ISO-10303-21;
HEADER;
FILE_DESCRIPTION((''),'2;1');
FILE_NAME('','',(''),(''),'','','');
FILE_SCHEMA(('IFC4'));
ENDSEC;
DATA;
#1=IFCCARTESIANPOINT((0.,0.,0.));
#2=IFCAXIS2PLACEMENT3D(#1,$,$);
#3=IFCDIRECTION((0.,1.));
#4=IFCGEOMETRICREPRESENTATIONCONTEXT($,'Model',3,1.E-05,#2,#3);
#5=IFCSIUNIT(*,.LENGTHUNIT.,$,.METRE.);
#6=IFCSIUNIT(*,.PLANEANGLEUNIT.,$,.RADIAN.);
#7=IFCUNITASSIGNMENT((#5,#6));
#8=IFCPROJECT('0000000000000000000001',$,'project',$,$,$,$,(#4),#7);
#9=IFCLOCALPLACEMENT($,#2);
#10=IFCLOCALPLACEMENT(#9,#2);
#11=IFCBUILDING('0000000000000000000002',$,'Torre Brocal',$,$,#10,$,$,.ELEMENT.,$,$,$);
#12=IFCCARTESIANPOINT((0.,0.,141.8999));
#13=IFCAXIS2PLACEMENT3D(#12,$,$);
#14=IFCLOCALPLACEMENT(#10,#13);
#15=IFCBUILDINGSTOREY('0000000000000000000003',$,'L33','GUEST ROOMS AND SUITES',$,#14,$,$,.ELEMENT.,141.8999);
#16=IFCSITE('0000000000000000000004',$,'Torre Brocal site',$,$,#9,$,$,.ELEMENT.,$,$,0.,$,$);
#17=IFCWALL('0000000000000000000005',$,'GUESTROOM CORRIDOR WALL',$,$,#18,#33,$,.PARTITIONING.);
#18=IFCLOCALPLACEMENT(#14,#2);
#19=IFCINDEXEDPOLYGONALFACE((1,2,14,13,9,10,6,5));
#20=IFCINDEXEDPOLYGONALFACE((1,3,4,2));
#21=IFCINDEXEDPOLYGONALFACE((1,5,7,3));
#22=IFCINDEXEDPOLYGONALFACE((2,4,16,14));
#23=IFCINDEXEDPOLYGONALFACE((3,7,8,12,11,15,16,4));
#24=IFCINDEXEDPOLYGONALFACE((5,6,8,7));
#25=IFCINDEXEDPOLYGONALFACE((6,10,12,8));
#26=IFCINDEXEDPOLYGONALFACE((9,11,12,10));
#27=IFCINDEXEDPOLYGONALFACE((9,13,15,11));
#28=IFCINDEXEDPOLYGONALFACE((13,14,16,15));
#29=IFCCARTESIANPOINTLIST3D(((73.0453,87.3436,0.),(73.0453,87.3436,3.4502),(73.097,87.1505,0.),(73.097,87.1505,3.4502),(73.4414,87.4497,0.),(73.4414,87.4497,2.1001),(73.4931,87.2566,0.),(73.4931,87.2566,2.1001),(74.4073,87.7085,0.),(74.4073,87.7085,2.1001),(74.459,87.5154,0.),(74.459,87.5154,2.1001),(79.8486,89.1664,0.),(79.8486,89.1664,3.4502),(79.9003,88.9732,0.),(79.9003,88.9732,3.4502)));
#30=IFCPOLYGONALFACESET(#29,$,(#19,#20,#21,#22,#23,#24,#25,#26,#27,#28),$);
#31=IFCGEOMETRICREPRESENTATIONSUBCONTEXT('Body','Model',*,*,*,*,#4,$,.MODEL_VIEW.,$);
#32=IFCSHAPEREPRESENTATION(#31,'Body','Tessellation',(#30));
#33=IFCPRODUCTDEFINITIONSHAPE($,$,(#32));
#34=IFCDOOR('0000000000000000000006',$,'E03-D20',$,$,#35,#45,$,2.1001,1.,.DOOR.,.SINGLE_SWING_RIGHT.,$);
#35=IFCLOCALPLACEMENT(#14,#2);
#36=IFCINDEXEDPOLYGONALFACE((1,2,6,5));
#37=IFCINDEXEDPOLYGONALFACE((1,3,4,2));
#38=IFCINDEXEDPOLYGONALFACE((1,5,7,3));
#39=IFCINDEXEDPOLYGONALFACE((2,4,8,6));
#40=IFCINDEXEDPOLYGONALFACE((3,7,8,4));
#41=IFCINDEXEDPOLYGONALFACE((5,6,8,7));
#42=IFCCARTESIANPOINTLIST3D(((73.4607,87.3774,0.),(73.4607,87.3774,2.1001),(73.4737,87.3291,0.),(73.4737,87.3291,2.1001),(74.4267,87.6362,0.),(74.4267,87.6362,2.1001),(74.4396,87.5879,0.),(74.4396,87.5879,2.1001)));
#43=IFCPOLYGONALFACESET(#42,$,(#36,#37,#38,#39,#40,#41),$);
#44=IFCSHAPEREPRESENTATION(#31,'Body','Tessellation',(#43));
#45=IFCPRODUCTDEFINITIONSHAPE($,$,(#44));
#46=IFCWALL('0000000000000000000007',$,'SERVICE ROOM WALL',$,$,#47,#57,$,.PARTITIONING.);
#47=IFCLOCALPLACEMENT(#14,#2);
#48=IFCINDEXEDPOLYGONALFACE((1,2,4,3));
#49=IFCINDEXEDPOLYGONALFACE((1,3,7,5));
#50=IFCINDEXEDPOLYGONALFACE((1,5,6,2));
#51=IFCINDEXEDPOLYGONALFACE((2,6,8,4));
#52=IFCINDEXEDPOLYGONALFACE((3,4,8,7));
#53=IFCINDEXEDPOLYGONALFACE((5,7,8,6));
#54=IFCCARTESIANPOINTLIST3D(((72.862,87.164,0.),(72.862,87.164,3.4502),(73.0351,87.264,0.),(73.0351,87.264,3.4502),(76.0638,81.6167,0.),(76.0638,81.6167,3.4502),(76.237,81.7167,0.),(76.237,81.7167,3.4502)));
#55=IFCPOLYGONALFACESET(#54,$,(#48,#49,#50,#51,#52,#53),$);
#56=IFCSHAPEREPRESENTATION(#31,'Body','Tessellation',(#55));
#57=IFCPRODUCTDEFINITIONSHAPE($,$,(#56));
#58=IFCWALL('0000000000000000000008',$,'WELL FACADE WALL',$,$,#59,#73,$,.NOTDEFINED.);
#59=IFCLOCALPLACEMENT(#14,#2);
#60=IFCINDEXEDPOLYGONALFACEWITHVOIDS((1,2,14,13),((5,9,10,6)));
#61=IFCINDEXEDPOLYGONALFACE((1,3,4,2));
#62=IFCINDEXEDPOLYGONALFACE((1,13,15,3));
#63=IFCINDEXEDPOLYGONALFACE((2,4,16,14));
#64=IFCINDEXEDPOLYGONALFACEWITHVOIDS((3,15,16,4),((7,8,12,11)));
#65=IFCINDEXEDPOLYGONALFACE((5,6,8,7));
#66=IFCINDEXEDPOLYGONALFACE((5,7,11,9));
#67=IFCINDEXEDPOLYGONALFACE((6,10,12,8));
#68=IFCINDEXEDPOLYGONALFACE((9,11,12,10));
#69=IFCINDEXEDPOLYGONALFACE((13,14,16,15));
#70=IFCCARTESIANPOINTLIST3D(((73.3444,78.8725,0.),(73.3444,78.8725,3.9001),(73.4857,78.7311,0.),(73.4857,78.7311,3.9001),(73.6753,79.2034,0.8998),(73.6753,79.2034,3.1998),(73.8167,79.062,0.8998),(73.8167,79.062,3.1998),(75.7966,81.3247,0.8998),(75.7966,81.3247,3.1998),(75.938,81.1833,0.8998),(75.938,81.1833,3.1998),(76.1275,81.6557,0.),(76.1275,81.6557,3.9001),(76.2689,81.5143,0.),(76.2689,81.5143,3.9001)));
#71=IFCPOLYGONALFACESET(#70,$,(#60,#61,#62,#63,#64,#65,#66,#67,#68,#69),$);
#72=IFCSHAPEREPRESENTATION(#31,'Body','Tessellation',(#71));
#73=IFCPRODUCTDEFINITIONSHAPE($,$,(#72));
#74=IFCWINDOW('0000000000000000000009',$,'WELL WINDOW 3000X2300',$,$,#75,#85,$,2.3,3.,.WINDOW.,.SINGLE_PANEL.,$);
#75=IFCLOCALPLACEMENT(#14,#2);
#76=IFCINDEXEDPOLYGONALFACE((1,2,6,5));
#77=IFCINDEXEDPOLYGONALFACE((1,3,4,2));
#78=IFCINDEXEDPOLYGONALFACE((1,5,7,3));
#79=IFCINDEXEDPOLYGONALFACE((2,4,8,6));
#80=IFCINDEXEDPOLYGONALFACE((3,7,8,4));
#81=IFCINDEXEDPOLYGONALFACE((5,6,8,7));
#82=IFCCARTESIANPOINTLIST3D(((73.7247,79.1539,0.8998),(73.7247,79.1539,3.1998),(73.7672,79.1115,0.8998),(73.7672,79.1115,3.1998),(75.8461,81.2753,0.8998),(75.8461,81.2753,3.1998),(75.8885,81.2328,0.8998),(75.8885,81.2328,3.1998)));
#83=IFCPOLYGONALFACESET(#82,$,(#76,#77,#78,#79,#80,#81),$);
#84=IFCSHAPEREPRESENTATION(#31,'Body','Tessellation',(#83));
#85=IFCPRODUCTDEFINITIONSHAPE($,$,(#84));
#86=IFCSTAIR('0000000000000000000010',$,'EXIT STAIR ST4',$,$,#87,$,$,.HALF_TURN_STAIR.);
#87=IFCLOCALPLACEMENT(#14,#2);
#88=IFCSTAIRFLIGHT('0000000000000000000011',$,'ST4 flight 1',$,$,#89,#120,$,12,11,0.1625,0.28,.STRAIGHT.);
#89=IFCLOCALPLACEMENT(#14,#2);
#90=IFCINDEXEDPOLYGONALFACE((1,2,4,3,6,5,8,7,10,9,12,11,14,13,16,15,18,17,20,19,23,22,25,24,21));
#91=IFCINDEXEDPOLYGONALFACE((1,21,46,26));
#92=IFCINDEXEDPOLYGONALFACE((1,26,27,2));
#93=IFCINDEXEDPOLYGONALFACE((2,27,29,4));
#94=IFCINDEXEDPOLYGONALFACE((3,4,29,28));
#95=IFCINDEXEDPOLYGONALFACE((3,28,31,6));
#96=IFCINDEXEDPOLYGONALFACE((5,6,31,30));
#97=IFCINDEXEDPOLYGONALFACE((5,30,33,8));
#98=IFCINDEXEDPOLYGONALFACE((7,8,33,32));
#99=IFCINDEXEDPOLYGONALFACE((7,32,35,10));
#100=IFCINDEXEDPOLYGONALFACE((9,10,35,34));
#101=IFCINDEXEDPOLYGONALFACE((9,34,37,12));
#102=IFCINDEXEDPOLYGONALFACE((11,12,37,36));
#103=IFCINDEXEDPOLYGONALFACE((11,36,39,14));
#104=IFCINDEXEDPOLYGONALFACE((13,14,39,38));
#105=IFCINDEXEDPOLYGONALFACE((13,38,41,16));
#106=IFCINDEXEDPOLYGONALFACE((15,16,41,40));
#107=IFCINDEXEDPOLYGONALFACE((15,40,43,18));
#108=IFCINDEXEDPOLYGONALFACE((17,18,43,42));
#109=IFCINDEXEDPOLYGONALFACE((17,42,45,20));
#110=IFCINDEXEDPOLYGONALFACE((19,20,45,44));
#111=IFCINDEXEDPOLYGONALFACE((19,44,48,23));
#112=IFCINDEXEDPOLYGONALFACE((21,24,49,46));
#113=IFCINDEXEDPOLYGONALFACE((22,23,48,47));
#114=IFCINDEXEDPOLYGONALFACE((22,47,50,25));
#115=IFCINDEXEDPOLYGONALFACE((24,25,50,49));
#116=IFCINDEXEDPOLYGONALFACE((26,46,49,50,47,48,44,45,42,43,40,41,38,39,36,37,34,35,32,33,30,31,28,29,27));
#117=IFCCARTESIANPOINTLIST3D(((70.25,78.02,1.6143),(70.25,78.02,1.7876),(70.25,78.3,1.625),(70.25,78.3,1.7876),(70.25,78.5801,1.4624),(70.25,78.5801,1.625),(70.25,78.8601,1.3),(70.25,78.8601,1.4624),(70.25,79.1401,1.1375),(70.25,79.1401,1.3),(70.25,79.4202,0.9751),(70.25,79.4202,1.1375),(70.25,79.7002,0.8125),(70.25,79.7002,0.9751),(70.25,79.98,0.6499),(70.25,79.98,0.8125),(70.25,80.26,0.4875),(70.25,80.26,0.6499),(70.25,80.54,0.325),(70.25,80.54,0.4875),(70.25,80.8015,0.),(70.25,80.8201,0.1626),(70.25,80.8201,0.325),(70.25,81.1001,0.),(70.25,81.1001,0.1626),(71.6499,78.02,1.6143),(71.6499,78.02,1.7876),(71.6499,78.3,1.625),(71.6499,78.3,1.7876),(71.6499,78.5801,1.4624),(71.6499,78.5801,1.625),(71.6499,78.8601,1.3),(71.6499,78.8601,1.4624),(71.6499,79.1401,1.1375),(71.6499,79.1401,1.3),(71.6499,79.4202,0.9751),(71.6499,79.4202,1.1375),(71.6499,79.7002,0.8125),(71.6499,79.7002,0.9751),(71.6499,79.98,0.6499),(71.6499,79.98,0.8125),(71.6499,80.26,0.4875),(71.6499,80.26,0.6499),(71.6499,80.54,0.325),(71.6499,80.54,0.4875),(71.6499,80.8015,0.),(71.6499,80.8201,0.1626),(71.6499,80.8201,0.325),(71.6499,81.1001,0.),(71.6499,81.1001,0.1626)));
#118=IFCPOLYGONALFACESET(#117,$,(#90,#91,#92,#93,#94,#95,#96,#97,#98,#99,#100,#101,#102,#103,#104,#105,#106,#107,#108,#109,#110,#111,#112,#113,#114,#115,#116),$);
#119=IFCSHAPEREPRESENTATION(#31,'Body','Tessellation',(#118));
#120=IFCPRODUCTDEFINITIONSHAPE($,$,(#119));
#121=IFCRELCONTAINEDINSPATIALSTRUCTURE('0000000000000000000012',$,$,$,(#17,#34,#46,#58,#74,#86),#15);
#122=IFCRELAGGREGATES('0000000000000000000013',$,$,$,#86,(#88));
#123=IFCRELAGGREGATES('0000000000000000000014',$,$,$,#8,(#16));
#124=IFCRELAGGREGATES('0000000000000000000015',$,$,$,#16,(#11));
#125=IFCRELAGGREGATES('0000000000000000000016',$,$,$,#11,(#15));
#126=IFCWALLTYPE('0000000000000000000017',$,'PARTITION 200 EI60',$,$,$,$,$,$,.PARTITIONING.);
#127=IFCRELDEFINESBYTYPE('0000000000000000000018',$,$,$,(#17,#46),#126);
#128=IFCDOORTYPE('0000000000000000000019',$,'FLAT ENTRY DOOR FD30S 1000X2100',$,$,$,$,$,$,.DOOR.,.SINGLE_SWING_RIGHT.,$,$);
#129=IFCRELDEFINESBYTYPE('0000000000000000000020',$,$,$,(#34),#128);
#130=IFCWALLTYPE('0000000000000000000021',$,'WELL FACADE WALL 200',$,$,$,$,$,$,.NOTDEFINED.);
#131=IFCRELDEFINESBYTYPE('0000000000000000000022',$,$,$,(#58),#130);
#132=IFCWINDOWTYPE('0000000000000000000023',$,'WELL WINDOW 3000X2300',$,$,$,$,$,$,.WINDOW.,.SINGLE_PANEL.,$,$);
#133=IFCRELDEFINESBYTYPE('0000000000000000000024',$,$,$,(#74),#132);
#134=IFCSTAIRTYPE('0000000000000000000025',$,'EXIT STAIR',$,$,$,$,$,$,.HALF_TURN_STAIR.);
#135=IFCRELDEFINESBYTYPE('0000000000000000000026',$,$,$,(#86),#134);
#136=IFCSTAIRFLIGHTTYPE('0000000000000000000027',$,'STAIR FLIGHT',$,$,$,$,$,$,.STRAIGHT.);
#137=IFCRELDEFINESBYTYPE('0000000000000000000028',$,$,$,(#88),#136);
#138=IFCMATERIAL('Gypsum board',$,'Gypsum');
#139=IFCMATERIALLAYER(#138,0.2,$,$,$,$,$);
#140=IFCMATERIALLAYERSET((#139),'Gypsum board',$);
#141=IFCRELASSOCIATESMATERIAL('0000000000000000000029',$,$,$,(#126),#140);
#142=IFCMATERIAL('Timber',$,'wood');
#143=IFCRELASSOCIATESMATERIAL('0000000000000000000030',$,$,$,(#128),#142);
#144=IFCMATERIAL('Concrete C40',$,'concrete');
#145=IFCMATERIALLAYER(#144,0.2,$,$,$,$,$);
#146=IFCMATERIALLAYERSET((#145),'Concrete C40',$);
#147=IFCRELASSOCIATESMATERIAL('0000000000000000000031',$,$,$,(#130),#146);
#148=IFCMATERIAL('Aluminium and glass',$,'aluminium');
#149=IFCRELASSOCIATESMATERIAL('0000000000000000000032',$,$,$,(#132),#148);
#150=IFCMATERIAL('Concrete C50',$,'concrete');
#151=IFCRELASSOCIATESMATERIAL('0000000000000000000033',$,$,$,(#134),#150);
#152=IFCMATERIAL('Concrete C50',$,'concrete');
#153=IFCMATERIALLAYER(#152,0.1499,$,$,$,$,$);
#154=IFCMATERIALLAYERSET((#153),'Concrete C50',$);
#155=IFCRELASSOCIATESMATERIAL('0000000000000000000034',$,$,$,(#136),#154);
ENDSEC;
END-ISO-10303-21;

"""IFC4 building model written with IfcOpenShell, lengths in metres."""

from ifc_helpers import new_model, si_unit, direction, frame, frame_2d, origin, place, context, subcontext, project, spatial, polyline, rectangle, outline, extrude, material, layer, layer_set, type_object, element, fill, aggregate, save


model = new_model("IFC4")

# Units and contexts
model_context = context("Model", 3, precision=1e-05, world=origin(), true_north=direction((0.0, 1.0)))
body_context = subcontext(model_context, "Body", "Model", "MODEL_VIEW")
ifc_project = project(units=[si_unit("LENGTHUNIT", "METRE"), si_unit("PLANEANGLEUNIT", "RADIAN")], contexts=[model_context])

# Site, building, storey
site_placement = place(None, origin())
site = spatial("IfcSite", under=ifc_project, at=site_placement, Name="Torre Brocal site", CompositionType="ELEMENT", RefElevation=0.0)
building_placement = place(site_placement, origin())
building = spatial("IfcBuilding", under=site, at=building_placement, Name="Torre Brocal", CompositionType="ELEMENT")
storey_placement = place(building_placement, frame((0.0, 0.0, 141.8999)))
storey = spatial("IfcBuildingStorey", under=building, at=storey_placement, Name="L33", Description="GUEST ROOMS AND SUITES", CompositionType="ELEMENT", Elevation=141.8999)

# Wall, opening, door
ifc_material_1 = material(Name="Gypsum board", Category="Gypsum")
ifc_layer_1 = layer(ifc_material_1, 0.2)
ifc_layer_set_1 = layer_set([ifc_layer_1], Name="Gypsum board")
wall_type_1 = type_object("IfcWallType", Name="PARTITION 200 EI60", PredefinedType="PARTITIONING", material=ifc_layer_set_1)
wall_1_placement = place(storey_placement, frame((73.0713, 87.2471, 0.0), z_axis=(0.0, 0.0, 1.0), x_axis=(0.965932, 0.258797, 0.0)))
wall_1 = element("IfcWall", 1, at=wall_1_placement, inside=storey, type_object=wall_type_1, Name="GUESTROOM CORRIDOR WALL", PredefinedType="PARTITIONING", context=body_context, shape_type="SweptSolid", body=[
    extrude(rectangle(XDim=7.0432, YDim=0.2, at=frame_2d((3.5215, 0.0))), origin(), (0.0, 0.0, 1.0), 3.4502),
])
opening_1_placement = place(wall_1_placement, frame((0.4099, 0.0, 0.0)))
opening_1 = element("IfcOpeningElement", 2, at=opening_1_placement, cuts=wall_1, PredefinedType="OPENING", context=body_context, shape_type="SweptSolid", body=[
    extrude(rectangle(XDim=1.0, YDim=2.1001, at=frame_2d((0.5, 1.05))), frame((0.0, 0.1099, 0.0), z_axis=(0.0, -1.0, 0.0), x_axis=(1.0, 0.0, 0.0)), (0.0, 0.0, 1.0), 0.22),
])
ifc_material_2 = material(Name="Timber", Category="wood")
door_type_1 = type_object("IfcDoorType", Name="FLAT ENTRY DOOR FD30S 1000X2100", OperationType="SINGLE_SWING_RIGHT", PredefinedType="DOOR", material=ifc_material_2)
door_1_placement = place(opening_1_placement, frame((1.0, 0.0, 0.0), z_axis=(0.0, 0.0, 1.0), x_axis=(-1.0, 0.0, 0.0)))
door_1 = element("IfcDoor", 3, at=door_1_placement, inside=storey, type_object=door_type_1, Name="E03-D20", OperationType="SINGLE_SWING_RIGHT", OverallHeight=2.1001, OverallWidth=1.0, PredefinedType="DOOR", context=body_context, shape_type="SweptSolid", body=[
    extrude(rectangle(XDim=1.0, YDim=2.1001, at=frame_2d((0.5, 1.05))), frame((0.0, 0.0249, 0.0), z_axis=(0.0, -1.0, 0.0), x_axis=(1.0, 0.0, 0.0)), (0.0, 0.0, 1.0), 0.05),
])
fill(opening_1, door_1)

# Wall
wall_2_placement = place(storey_placement, frame((72.9485, 87.2141, 0.0), z_axis=(0.0, 0.0, 1.0), x_axis=(0.499898, -0.866084, 0.0)))
element("IfcWall", 4, at=wall_2_placement, inside=storey, type_object=wall_type_1, Name="SERVICE ROOM WALL", PredefinedType="PARTITIONING", context=body_context, shape_type="SweptSolid", body=[
    extrude(rectangle(XDim=6.405, YDim=0.2, at=frame_2d((3.2026, 0.0))), origin(), (0.0, 0.0, 1.0), 3.4502),
])

# Wall, opening, window
ifc_material_3 = material(Name="Concrete C40", Category="concrete")
ifc_layer_2 = layer(ifc_material_3, 0.2)
ifc_layer_set_2 = layer_set([ifc_layer_2], Name="Concrete C40")
wall_type_2 = type_object("IfcWallType", Name="WELL FACADE WALL 200", PredefinedType="NOTDEFINED", material=ifc_layer_set_2)
wall_3_placement = place(storey_placement, frame((76.1982, 81.585, 0.0), z_axis=(0.0, 0.0, 1.0), x_axis=(-0.707107, -0.707107, 0.0)))
wall_3 = element("IfcWall", 5, at=wall_3_placement, inside=storey, type_object=wall_type_2, Name="WELL FACADE WALL", PredefinedType="NOTDEFINED", context=body_context, shape_type="SweptSolid", body=[
    extrude(rectangle(XDim=3.936, YDim=0.2, at=frame_2d((1.968, 0.0))), origin(), (0.0, 0.0, 1.0), 3.9001),
])
opening_2_placement = place(wall_3_placement, frame((0.468, 0.0, 0.8999)))
opening_2 = element("IfcOpeningElement", 6, at=opening_2_placement, cuts=wall_3, PredefinedType="OPENING", context=body_context, shape_type="SweptSolid", body=[
    extrude(rectangle(XDim=3.0, YDim=2.3, at=frame_2d((1.5, 1.1499))), frame((0.0, 0.1099, 0.0), z_axis=(0.0, -1.0, 0.0), x_axis=(1.0, 0.0, 0.0)), (0.0, 0.0, 1.0), 0.22),
])
ifc_material_4 = material(Name="Aluminium and glass", Category="aluminium")
window_type = type_object("IfcWindowType", Name="WELL WINDOW 3000X2300", PartitioningType="SINGLE_PANEL", PredefinedType="WINDOW", material=ifc_material_4)
window_placement = place(opening_2_placement, origin())
window = element("IfcWindow", 7, at=window_placement, inside=storey, type_object=window_type, Name="WELL WINDOW 3000X2300", OverallHeight=2.3, OverallWidth=3.0, PartitioningType="SINGLE_PANEL", PredefinedType="WINDOW", context=body_context, shape_type="SweptSolid", body=[
    extrude(rectangle(XDim=3.0, YDim=2.3, at=frame_2d((1.5, 1.1499))), frame((0.0, 0.03, 0.0), z_axis=(0.0, -1.0, 0.0), x_axis=(1.0, 0.0, 0.0)), (0.0, 0.0, 1.0), 0.0601),
])
fill(opening_2, window)

# Stair, stair flight
ifc_material_5 = material(Name="Concrete C50", Category="concrete")
stair_type = type_object("IfcStairType", Name="EXIT STAIR", PredefinedType="HALF_TURN_STAIR", material=ifc_material_5)
stair_placement = place(storey_placement, origin())
stair = element("IfcStair", 8, at=stair_placement, inside=storey, type_object=stair_type, Name="EXIT STAIR ST4", PredefinedType="HALF_TURN_STAIR")
ifc_material_6 = material(Name="Concrete C50", Category="concrete")
ifc_layer_3 = layer(ifc_material_6, 0.1499)
ifc_layer_set_3 = layer_set([ifc_layer_3], Name="Concrete C50")
stair_flight_type = type_object("IfcStairFlightType", Name="STAIR FLIGHT", PredefinedType="STRAIGHT", material=ifc_layer_set_3)
stair_flight_placement = place(storey_placement, frame((70.95, 81.1001, 0.0), z_axis=(0.0, 0.0, 1.0), x_axis=(0.0, -1.0, 0.0)))
stair_flight = element("IfcStairFlight", 9, at=stair_flight_placement, type_object=stair_flight_type, Name="ST4 flight 1", NumberOfRisers=12, NumberOfTreads=11, PredefinedType="STRAIGHT", RiserHeight=0.1625, TreadLength=0.28, context=body_context, shape_type="SweptSolid", body=[
    extrude(outline(polyline([(0.0, 0.0), (0.0, 0.1626), (0.28, 0.1626), (0.28, 0.325), (0.5601, 0.325), (0.5601, 0.4875), (0.8401, 0.4875), (0.8401, 0.6499), (1.1201, 0.6499), (1.1201, 0.8125), (1.3999, 0.8125), (1.3999, 0.9751), (1.6799, 0.9751), (1.6799, 1.1375), (1.96, 1.1375), (1.96, 1.3), (2.24, 1.3), (2.24, 1.4624), (2.52, 1.4624), (2.52, 1.625), (2.8, 1.625), (2.8, 1.7876), (3.0801, 1.7876), (3.0801, 1.95), (3.0801, 1.6143), (0.2986, 0.0), (0.0, 0.0)])), frame((0.0, 0.7, 0.0), z_axis=(0.0, -1.0, 0.0), x_axis=(1.0, 0.0, 0.0)), (0.0, 0.0, 1.0), 1.3999),
])
aggregate(stair, [stair_flight])

save(model, "model.ifc")
